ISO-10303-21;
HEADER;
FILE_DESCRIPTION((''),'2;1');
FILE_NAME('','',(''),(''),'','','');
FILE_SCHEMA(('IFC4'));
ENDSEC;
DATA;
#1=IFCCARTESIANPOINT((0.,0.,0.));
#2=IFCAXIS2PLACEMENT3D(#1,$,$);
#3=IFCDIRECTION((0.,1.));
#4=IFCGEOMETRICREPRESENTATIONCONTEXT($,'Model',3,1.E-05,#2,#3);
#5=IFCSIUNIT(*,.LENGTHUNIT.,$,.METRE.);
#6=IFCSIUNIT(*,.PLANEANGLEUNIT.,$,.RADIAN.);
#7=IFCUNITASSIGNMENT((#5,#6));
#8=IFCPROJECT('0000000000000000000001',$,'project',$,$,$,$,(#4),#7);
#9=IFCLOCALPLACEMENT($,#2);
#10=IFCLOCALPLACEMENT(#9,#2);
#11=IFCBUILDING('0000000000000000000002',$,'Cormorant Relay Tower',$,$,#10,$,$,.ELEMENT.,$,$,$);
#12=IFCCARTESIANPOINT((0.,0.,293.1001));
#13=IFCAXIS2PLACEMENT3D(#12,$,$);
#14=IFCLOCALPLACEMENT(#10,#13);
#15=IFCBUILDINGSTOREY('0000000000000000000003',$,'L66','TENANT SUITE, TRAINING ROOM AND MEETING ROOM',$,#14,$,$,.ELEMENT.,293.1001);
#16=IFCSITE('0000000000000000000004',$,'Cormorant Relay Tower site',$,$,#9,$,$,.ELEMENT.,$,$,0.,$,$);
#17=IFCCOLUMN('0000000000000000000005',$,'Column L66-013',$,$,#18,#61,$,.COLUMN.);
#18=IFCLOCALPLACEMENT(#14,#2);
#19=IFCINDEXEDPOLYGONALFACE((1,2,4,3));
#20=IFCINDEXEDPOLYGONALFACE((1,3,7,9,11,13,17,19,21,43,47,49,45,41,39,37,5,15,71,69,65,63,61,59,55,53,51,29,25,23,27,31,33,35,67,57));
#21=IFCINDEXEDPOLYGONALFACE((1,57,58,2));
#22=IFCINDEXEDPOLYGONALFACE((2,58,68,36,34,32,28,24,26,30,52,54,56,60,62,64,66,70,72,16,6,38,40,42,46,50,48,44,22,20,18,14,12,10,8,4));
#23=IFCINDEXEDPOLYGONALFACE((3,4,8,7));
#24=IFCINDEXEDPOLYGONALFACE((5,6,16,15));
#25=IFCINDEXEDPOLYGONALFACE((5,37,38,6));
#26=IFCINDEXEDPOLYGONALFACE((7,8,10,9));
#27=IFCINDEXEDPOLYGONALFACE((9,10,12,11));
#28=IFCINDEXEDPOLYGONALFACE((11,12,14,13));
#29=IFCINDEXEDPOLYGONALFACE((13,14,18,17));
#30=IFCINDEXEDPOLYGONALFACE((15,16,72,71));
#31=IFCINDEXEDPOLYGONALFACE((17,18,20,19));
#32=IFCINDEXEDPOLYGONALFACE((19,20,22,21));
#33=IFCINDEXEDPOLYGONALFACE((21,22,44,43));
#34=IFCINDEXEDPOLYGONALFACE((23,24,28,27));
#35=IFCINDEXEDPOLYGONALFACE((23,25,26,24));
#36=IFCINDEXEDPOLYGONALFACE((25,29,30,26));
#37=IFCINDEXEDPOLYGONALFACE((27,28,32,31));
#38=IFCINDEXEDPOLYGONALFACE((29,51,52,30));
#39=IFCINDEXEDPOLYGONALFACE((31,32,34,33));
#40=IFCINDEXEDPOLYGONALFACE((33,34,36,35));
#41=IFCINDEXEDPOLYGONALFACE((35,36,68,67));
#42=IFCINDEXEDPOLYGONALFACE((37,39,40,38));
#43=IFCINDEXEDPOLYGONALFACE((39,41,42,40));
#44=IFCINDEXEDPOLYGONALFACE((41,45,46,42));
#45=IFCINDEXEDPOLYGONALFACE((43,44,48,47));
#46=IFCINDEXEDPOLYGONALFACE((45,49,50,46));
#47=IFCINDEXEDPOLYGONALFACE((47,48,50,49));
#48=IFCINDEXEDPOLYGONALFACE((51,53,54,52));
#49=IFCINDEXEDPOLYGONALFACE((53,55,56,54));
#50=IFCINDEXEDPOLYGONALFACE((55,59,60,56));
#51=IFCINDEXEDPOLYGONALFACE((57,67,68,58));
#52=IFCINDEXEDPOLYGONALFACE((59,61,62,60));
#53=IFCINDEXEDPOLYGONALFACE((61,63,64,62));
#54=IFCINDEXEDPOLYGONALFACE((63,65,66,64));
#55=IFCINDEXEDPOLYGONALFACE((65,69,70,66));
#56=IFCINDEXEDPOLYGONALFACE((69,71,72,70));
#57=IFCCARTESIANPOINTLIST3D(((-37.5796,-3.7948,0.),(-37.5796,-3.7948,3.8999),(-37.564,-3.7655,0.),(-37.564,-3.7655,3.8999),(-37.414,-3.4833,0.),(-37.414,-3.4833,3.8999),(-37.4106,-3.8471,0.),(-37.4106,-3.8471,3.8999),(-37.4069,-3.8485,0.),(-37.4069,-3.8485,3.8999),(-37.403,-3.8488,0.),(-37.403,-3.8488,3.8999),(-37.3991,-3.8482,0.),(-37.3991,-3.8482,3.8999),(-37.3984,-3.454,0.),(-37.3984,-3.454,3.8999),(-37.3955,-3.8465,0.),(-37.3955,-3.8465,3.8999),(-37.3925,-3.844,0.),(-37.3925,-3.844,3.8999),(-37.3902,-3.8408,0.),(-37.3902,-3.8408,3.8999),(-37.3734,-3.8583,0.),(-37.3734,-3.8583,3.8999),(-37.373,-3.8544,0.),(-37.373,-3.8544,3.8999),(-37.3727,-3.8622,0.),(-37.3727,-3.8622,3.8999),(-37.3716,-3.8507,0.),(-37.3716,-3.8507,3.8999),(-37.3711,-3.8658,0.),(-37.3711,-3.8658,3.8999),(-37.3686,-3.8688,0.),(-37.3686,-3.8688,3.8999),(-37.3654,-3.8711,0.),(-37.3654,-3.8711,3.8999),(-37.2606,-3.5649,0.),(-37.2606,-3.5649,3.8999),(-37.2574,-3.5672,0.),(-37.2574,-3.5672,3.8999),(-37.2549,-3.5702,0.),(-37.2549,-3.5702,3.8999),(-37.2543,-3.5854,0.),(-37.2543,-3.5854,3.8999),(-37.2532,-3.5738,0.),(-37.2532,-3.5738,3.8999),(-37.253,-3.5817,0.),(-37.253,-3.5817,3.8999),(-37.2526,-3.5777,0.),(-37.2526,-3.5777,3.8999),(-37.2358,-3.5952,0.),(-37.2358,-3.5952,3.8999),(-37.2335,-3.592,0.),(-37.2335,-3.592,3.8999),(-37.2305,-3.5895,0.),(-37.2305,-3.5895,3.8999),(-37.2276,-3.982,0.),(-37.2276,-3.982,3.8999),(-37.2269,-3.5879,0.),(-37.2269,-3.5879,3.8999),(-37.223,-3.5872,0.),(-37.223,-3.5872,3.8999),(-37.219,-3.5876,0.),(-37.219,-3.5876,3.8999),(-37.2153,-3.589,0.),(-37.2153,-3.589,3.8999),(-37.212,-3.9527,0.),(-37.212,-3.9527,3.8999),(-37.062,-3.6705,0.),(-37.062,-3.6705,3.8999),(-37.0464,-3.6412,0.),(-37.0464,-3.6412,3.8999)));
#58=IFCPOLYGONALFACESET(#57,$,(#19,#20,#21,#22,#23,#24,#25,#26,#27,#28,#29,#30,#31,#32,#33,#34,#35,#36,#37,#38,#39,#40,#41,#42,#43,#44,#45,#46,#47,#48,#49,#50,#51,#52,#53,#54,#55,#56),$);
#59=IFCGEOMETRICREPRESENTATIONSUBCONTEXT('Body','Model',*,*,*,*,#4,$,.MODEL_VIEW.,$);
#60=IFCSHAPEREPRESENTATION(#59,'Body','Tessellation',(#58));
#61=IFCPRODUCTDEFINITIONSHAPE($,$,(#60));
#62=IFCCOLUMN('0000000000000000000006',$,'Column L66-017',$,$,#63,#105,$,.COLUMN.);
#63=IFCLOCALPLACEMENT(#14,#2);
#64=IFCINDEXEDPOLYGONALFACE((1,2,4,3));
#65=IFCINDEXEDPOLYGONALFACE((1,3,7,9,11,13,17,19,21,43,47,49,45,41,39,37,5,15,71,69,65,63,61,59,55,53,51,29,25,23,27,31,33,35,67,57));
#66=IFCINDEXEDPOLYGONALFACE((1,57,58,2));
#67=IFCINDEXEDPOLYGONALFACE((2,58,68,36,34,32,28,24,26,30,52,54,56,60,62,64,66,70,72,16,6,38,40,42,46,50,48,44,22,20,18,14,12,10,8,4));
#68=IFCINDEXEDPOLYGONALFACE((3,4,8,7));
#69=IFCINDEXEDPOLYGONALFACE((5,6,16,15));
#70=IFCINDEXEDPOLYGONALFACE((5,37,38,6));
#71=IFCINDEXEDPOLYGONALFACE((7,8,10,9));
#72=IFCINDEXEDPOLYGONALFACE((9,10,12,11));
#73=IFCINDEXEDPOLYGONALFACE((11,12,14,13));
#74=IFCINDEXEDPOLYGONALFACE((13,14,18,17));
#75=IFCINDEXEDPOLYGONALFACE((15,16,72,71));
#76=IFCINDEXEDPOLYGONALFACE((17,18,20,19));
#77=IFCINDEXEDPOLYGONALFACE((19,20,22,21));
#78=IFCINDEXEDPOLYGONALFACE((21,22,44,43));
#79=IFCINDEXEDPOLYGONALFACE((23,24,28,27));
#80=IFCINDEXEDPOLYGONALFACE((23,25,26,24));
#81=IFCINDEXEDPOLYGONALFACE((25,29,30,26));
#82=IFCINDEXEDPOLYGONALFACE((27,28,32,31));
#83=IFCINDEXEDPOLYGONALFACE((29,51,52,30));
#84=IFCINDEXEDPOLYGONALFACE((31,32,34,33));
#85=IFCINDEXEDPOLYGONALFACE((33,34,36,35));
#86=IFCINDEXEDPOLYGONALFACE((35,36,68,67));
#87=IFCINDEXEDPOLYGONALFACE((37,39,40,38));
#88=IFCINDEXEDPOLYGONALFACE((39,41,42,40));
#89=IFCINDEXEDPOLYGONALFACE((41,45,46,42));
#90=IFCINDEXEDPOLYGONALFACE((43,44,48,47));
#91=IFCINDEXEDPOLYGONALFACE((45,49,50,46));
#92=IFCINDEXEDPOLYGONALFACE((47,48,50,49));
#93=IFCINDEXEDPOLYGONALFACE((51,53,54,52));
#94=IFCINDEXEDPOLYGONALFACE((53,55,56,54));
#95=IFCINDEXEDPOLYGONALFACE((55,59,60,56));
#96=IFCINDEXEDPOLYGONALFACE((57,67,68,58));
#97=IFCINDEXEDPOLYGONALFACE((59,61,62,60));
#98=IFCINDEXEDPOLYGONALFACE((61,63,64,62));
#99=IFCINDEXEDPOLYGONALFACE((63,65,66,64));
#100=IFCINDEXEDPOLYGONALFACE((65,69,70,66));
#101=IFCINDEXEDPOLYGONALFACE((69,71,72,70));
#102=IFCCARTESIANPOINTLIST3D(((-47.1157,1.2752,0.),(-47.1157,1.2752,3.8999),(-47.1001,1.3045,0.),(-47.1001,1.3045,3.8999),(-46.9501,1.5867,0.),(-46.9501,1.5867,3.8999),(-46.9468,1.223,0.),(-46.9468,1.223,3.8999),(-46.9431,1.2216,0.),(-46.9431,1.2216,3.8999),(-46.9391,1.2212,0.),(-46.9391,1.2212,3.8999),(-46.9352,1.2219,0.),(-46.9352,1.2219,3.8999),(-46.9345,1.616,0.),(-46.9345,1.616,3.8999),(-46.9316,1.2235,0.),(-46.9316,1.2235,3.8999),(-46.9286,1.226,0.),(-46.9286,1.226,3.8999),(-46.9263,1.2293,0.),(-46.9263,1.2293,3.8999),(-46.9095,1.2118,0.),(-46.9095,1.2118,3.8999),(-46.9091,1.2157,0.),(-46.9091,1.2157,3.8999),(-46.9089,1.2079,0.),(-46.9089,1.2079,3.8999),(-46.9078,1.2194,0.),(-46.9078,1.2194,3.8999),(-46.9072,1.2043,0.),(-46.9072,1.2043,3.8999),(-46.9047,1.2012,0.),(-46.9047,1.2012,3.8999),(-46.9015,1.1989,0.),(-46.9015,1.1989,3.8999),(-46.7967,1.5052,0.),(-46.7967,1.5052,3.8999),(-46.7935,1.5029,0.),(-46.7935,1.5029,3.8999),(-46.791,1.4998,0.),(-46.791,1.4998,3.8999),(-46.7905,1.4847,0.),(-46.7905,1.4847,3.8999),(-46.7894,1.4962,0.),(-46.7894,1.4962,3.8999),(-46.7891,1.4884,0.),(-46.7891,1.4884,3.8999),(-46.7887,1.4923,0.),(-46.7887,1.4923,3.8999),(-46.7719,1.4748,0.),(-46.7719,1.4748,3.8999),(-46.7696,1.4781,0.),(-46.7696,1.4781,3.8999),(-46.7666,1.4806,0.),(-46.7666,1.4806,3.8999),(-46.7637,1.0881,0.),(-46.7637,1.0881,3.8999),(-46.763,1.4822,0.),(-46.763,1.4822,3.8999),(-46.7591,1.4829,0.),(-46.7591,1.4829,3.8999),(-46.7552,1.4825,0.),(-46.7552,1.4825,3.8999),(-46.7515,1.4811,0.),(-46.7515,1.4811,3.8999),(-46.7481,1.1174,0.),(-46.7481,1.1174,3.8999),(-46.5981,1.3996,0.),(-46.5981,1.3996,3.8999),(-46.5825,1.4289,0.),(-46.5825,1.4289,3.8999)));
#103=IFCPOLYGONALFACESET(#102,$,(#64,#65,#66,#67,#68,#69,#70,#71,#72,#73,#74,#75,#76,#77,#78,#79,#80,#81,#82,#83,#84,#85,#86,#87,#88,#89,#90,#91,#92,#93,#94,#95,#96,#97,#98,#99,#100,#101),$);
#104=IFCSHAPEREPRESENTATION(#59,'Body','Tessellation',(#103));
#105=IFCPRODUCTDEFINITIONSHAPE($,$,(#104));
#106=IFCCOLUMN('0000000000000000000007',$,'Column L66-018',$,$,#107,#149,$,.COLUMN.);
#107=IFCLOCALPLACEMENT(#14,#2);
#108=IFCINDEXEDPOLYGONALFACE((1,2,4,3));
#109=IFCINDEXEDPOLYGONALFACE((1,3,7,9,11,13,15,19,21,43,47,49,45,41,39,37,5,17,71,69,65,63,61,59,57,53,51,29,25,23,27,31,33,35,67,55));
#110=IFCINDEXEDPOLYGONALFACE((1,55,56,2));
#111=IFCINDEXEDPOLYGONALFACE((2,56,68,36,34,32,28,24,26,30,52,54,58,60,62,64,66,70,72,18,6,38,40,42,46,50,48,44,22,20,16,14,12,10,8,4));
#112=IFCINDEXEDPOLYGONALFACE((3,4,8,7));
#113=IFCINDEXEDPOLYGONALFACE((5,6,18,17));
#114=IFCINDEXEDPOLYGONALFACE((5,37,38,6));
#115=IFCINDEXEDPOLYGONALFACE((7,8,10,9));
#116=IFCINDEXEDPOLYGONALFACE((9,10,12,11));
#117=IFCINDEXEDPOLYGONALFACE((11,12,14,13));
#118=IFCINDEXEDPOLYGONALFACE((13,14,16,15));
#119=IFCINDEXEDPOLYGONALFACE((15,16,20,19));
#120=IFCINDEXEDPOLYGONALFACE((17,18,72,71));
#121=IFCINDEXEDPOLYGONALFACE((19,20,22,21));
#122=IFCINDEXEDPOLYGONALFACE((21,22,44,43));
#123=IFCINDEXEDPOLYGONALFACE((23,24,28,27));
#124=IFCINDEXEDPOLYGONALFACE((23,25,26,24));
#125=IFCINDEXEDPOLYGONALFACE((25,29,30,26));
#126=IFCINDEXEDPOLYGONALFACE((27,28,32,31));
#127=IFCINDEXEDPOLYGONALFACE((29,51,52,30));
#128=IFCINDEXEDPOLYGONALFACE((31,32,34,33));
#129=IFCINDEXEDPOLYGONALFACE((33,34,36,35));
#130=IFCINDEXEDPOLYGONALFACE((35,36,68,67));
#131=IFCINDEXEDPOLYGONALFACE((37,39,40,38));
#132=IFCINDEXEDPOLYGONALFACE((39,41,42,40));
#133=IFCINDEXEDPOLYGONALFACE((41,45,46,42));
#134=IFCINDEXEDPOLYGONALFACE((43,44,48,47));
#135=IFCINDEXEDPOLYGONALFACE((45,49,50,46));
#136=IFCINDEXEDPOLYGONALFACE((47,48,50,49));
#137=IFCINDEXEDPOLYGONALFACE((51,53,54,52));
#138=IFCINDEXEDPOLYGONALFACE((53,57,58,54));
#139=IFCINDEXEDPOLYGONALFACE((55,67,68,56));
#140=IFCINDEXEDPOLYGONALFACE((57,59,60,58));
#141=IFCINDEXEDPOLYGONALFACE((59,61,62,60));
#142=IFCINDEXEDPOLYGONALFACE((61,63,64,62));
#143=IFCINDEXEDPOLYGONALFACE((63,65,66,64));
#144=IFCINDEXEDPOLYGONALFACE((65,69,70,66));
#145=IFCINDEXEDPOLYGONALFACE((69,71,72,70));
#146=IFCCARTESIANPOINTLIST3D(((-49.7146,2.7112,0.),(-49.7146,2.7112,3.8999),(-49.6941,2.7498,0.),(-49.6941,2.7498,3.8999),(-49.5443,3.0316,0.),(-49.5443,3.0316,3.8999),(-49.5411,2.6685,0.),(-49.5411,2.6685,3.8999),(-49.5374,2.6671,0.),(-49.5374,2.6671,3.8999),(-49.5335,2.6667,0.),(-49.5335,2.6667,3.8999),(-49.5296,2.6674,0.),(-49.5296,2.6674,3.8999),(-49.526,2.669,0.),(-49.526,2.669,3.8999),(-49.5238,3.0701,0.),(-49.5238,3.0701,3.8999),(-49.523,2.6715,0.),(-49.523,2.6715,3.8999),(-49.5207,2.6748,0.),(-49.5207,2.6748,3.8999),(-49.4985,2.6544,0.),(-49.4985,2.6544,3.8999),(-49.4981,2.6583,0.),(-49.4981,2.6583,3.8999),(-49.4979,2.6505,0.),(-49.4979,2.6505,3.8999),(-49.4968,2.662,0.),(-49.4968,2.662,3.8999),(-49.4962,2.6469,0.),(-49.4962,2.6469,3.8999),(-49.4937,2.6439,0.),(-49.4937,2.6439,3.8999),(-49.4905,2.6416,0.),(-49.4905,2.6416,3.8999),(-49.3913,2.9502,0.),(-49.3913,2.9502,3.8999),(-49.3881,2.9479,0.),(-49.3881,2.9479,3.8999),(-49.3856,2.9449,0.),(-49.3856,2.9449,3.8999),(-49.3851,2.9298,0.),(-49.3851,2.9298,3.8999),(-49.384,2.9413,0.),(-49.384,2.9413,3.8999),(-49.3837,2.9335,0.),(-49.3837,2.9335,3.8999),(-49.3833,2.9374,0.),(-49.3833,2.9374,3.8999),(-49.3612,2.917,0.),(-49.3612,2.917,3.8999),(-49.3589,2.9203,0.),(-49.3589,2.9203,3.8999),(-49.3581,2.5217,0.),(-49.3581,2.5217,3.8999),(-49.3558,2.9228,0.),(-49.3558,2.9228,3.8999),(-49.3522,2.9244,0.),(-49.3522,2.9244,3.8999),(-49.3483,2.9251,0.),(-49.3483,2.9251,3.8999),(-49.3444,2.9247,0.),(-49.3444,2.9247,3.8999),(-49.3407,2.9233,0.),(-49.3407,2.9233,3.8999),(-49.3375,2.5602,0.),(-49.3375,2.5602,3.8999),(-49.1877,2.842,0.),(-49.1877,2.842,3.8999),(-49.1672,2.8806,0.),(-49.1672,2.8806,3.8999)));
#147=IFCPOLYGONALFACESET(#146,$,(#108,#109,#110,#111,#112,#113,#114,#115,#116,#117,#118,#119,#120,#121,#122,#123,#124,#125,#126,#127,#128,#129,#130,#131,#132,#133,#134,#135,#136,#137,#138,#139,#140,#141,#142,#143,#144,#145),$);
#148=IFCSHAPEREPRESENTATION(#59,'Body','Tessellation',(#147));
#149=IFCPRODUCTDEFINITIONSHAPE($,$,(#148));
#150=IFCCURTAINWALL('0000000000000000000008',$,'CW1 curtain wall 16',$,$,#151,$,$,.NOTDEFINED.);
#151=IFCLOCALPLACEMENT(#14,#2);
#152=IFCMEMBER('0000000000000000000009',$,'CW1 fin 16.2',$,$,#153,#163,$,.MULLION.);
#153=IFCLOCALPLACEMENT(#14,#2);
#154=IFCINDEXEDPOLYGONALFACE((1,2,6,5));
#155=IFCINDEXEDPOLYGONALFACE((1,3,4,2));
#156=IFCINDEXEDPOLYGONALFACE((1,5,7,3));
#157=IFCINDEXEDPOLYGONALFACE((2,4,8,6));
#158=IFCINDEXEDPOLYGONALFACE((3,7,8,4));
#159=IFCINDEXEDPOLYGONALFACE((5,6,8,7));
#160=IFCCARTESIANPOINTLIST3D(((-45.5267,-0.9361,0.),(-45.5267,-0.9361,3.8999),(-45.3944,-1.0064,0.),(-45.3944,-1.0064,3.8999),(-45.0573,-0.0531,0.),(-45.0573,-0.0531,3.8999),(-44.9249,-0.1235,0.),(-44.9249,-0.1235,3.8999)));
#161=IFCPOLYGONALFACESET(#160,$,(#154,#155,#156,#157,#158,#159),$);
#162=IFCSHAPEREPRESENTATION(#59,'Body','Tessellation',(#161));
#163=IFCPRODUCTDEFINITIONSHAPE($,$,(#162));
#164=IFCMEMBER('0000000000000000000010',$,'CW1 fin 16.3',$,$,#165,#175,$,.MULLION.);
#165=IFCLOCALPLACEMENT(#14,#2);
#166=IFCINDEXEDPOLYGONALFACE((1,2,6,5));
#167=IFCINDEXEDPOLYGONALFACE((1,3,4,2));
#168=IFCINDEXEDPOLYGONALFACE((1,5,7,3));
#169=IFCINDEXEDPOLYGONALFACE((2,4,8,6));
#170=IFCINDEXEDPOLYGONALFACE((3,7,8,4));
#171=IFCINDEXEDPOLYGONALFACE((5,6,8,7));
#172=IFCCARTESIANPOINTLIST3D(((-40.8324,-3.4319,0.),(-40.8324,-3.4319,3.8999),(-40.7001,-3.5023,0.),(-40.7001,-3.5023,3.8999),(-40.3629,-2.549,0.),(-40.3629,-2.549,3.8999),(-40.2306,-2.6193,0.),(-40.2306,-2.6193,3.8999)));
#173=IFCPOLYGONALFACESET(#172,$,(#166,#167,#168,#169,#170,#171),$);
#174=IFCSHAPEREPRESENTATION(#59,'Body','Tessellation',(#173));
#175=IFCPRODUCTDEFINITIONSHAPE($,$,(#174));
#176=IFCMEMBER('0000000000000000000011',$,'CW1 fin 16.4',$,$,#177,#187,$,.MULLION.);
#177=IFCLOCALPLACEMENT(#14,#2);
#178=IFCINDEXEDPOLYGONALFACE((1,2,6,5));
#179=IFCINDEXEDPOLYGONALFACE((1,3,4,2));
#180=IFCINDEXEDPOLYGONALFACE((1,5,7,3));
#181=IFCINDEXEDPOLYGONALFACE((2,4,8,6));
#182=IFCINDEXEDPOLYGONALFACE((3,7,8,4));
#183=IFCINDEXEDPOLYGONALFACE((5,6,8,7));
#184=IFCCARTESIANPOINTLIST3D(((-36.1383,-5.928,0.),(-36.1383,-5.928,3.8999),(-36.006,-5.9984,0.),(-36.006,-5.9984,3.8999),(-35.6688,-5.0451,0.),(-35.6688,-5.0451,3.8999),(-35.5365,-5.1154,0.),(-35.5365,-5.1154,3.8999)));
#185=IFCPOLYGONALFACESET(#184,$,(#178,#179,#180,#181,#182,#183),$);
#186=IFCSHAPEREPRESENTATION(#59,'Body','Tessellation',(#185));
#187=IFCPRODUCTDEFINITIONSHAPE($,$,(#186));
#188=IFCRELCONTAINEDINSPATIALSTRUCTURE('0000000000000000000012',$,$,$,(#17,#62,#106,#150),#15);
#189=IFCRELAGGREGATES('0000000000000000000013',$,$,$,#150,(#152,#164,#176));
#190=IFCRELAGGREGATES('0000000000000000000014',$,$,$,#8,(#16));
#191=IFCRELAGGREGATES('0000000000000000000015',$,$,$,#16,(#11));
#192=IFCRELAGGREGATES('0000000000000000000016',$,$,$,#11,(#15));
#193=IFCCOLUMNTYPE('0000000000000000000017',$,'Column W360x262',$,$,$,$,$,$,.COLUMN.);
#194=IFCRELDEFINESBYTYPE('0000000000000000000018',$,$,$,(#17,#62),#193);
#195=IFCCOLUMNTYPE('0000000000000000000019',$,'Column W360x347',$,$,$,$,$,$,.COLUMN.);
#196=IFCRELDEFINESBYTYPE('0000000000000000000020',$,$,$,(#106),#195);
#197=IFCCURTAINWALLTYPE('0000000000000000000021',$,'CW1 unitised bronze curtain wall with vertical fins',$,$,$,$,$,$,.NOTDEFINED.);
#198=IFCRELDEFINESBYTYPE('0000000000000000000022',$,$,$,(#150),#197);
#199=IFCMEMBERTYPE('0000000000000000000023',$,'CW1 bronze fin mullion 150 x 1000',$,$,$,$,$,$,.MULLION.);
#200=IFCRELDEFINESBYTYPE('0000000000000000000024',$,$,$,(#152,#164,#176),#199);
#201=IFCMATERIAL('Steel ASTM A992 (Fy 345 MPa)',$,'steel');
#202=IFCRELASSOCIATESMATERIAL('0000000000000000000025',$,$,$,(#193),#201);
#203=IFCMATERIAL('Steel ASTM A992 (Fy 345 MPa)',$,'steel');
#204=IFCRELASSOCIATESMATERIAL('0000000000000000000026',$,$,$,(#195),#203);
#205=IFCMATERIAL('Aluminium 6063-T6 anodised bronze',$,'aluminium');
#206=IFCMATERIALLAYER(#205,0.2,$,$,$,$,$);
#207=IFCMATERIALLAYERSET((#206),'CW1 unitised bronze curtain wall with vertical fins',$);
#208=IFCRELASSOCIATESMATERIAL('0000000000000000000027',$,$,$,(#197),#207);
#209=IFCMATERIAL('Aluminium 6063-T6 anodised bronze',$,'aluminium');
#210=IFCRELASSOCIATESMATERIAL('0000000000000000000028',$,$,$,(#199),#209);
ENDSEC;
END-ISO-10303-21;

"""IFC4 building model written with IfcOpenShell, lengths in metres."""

from ifc_helpers import new_model, si_unit, direction, frame, origin, origin_2d, place, context, subcontext, project, spatial, rectangle, i_section, extrude, material, layer, layer_set, material_profile, profile_set, type_object, element, aggregate, save


model = new_model("IFC4")

# Units and contexts
model_context = context("Model", 3, precision=1e-05, world=origin(), true_north=direction((0.0, 1.0)))
body_context = subcontext(model_context, "Body", "Model", "MODEL_VIEW")
ifc_project = project(units=[si_unit("LENGTHUNIT", "METRE"), si_unit("PLANEANGLEUNIT", "RADIAN")], contexts=[model_context])

# Site, building, storey
site_placement = place(None, origin())
site = spatial("IfcSite", under=ifc_project, at=site_placement, Name="Cormorant Relay Tower site", CompositionType="ELEMENT", RefElevation=0.0)
building_placement = place(site_placement, origin())
building = spatial("IfcBuilding", under=site, at=building_placement, Name="Cormorant Relay Tower", CompositionType="ELEMENT")
storey_placement = place(building_placement, frame((0.0, 0.0, 293.1001)))
storey = spatial("IfcBuildingStorey", under=building, at=storey_placement, Name="L66", Description="TENANT SUITE, TRAINING ROOM AND MEETING ROOM", CompositionType="ELEMENT", Elevation=293.1001)

# Columns
ifc_material_1 = material(Name="Steel ASTM A992 (Fy 345 MPa)", Category="steel")
ifc_material_profile_1 = material_profile(ifc_material_1, i_section(OverallWidth=0.3987, OverallDepth=0.386, WebThickness=0.021, FlangeThickness=0.0332, FilletRadius=0.0151, at=origin_2d()), Name="W360x262")
ifc_profile_set_1 = profile_set([ifc_material_profile_1], Name="Steel ASTM A992 (Fy 345 MPa)")
column_type_1 = type_object("IfcColumnType", Name="Column W360x262", PredefinedType="COLUMN", material=ifc_profile_set_1)
for number, where, z_axis, x_axis, name in (
    (1, (-37.313, -3.718, 0.0), (0.0, 0.0, 1.0), (0.882948, -0.469472, 0.0), "Column L66-013"),
    (2, (-46.8491, 1.3521, 0.0), (0.0, 0.0, 1.0), (0.882948, -0.469472, 0.0), "Column L66-017"),
):
    element("IfcColumn", number, at=place(storey_placement, frame(where, z_axis=z_axis, x_axis=x_axis)), inside=storey, type_object=column_type_1, Name=name, PredefinedType="COLUMN", context=body_context, shape_type="SweptSolid", body=[
        extrude(i_section(OverallWidth=0.3987, OverallDepth=0.386, WebThickness=0.021, FlangeThickness=0.0332, FilletRadius=0.0151, at=origin_2d()), origin(), (0.0, 0.0, 1.0), 3.8999),
    ])
ifc_material_2 = material(Name="Steel ASTM A992 (Fy 345 MPa)", Category="steel")
ifc_material_profile_2 = material_profile(ifc_material_2, i_section(OverallWidth=0.4038, OverallDepth=0.4065, WebThickness=0.0271, FlangeThickness=0.0437, FilletRadius=0.0151, at=origin_2d()), Name="W360x347")
ifc_profile_set_2 = profile_set([ifc_material_profile_2], Name="Steel ASTM A992 (Fy 345 MPa)")
column_type_2 = type_object("IfcColumnType", Name="Column W360x347", PredefinedType="COLUMN", material=ifc_profile_set_2)
column_placement = place(storey_placement, frame((-49.4409, 2.7959, 0.0), z_axis=(0.0, 0.0, 1.0), x_axis=(0.882948, -0.469472, 0.0)))
element("IfcColumn", 3, at=column_placement, inside=storey, type_object=column_type_2, Name="Column L66-018", PredefinedType="COLUMN", context=body_context, shape_type="SweptSolid", body=[
    extrude(i_section(OverallWidth=0.4038, OverallDepth=0.4065, WebThickness=0.0271, FlangeThickness=0.0437, FilletRadius=0.0151, at=origin_2d()), origin(), (0.0, 0.0, 1.0), 3.8999),
])

# Curtain wall, members
ifc_material_3 = material(Name="Aluminium 6063-T6 anodised bronze", Category="aluminium")
ifc_layer_1 = layer(ifc_material_3, 0.2)
ifc_layer_set_1 = layer_set([ifc_layer_1], Name="CW1 unitised bronze curtain wall with vertical fins")
curtain_wall_type = type_object("IfcCurtainWallType", Name="CW1 unitised bronze curtain wall with vertical fins", PredefinedType="NOTDEFINED", material=ifc_layer_set_1)
curtain_wall_placement = place(storey_placement, origin())
curtain_wall = element("IfcCurtainWall", 4, at=curtain_wall_placement, inside=storey, type_object=curtain_wall_type, Name="CW1 curtain wall 16", PredefinedType="NOTDEFINED")
ifc_material_4 = material(Name="Aluminium 6063-T6 anodised bronze", Category="aluminium")
ifc_material_profile_3 = material_profile(ifc_material_4, rectangle(XDim=0.1499, YDim=1.0, at=origin_2d()), Name="AL 150x1000")
ifc_profile_set_3 = profile_set([ifc_material_profile_3], Name="Aluminium 6063-T6 anodised bronze")
member_type = type_object("IfcMemberType", Name="CW1 bronze fin mullion 150 x 1000", PredefinedType="MULLION", material=ifc_profile_set_3)
member_1_placement = place(storey_placement, frame((-45.2258, -0.5298, 0.0), z_axis=(0.0, 0.0, 1.0), x_axis=(0.882948, -0.469472, 0.0)))
member_1 = element("IfcMember", 5, at=member_1_placement, type_object=member_type, Name="CW1 fin 16.2", PredefinedType="MULLION", context=body_context, shape_type="SweptSolid", body=[
    extrude(rectangle(XDim=0.1499, YDim=1.0, at=origin_2d()), origin(), (0.0, 0.0, 1.0), 3.8999),
])
member_2_placement = place(storey_placement, frame((-40.5315, -3.0256, 0.0), z_axis=(0.0, 0.0, 1.0), x_axis=(0.882948, -0.469472, 0.0)))
member_2 = element("IfcMember", 6, at=member_2_placement, type_object=member_type, Name="CW1 fin 16.3", PredefinedType="MULLION", context=body_context, shape_type="SweptSolid", body=[
    extrude(rectangle(XDim=0.1499, YDim=1.0, at=origin_2d()), origin(), (0.0, 0.0, 1.0), 3.8999),
])
member_3_placement = place(storey_placement, frame((-35.8374, -5.5217, 0.0), z_axis=(0.0, 0.0, 1.0), x_axis=(0.882948, -0.469472, 0.0)))
member_3 = element("IfcMember", 7, at=member_3_placement, type_object=member_type, Name="CW1 fin 16.4", PredefinedType="MULLION", context=body_context, shape_type="SweptSolid", body=[
    extrude(rectangle(XDim=0.1499, YDim=1.0, at=origin_2d()), origin(), (0.0, 0.0, 1.0), 3.8999),
])

aggregate(curtain_wall, [member_1, member_2, member_3])

save(model, "model.ifc")
